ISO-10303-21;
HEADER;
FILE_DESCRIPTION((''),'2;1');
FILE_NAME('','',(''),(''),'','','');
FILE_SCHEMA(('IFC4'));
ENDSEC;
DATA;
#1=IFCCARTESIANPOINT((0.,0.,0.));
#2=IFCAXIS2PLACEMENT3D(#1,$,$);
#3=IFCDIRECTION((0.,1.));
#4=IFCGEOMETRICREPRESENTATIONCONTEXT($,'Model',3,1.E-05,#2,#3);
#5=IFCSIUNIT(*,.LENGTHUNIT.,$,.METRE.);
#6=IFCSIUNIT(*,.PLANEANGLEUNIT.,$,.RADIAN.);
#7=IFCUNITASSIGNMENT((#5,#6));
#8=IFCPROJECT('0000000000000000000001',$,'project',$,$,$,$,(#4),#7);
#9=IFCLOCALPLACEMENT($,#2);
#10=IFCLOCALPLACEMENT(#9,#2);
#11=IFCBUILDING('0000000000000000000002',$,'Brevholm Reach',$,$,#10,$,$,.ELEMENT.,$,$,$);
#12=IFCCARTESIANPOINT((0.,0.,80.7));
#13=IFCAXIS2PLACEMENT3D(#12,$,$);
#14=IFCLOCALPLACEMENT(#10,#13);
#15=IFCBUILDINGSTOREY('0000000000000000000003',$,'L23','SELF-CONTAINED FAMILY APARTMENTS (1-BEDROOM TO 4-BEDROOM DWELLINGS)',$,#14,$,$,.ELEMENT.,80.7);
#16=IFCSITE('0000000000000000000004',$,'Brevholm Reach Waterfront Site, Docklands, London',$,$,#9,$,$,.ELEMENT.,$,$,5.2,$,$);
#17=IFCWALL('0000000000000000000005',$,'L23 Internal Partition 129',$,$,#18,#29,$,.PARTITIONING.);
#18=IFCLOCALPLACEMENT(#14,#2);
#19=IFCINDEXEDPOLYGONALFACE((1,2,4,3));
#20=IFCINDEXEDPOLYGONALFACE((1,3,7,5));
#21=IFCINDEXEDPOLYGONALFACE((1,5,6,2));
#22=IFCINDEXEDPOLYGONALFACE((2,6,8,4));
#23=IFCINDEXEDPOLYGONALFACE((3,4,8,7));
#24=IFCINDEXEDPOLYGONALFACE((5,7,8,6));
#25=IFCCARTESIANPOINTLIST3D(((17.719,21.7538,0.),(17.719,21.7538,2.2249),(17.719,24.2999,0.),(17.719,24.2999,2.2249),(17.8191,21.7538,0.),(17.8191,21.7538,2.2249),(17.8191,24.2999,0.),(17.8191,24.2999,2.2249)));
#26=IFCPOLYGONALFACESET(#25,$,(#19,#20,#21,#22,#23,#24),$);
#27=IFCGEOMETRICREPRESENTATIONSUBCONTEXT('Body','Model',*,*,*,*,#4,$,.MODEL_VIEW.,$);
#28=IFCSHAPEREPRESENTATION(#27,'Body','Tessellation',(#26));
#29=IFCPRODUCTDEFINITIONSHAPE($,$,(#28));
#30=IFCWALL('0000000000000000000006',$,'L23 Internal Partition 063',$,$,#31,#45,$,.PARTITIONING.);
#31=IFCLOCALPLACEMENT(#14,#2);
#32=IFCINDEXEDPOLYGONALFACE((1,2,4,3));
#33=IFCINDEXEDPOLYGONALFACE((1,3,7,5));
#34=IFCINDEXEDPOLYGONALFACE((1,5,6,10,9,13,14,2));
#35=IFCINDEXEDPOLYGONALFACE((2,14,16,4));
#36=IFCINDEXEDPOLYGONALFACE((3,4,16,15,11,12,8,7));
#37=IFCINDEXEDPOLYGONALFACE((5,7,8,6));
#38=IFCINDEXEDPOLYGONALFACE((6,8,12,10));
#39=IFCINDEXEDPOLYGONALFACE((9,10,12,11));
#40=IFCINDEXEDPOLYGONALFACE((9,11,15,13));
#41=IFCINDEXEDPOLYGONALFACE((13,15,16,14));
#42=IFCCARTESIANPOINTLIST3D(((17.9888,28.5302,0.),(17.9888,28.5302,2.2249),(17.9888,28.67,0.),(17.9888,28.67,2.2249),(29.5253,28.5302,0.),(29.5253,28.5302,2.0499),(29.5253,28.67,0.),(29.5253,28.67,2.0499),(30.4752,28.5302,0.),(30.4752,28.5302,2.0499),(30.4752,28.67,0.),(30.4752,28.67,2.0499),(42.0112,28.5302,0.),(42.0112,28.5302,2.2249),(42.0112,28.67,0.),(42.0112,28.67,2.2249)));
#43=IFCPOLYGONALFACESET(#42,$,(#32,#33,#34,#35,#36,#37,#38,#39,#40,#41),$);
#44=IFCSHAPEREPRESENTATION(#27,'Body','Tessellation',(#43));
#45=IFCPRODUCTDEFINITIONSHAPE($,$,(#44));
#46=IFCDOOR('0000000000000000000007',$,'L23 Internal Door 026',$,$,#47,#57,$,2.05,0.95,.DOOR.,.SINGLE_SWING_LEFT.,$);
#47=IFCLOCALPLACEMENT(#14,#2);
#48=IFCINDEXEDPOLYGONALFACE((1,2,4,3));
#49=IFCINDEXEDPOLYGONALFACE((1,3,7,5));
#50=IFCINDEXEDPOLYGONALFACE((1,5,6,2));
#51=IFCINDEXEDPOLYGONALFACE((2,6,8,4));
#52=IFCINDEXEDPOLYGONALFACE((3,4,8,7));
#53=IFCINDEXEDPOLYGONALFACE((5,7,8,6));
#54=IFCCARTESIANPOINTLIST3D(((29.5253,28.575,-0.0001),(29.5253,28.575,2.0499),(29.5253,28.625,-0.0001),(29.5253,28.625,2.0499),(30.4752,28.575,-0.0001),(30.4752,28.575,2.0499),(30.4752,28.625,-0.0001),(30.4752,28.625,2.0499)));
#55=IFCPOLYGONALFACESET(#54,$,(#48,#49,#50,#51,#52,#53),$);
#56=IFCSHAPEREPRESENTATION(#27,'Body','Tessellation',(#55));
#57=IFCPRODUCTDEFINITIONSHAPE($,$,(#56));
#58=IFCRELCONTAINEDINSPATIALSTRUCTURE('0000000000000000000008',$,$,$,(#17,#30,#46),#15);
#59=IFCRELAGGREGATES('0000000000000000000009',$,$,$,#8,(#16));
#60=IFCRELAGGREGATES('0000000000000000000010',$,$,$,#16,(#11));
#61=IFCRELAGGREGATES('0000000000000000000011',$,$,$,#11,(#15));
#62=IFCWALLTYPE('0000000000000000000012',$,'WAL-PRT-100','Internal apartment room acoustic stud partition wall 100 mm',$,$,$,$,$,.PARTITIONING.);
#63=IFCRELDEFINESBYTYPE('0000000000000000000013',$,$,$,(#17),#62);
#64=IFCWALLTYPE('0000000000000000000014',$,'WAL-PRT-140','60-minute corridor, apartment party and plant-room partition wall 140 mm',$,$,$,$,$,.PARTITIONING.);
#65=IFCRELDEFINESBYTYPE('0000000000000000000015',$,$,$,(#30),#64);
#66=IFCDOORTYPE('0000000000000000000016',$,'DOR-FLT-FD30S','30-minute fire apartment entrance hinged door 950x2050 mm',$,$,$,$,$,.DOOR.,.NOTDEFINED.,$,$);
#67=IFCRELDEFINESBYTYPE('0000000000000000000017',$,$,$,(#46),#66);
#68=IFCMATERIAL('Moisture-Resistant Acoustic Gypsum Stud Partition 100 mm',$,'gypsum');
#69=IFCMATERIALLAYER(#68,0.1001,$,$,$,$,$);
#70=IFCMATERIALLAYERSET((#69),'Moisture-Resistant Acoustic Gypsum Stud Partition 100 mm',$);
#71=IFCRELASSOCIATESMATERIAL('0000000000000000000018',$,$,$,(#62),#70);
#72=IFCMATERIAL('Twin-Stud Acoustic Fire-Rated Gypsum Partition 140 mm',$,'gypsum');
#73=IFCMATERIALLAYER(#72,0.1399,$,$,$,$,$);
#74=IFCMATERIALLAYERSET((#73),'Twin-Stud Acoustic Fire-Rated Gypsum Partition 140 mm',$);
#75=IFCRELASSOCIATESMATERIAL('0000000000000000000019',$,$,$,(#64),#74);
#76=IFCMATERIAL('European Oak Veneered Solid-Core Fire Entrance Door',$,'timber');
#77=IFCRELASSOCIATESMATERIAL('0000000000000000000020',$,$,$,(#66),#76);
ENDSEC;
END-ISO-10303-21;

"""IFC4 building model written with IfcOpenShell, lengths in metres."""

from ifc_helpers import new_model, si_unit, direction, frame, frame_2d, origin, place, context, subcontext, project, spatial, rectangle, extrude, material, layer, layer_set, type_object, element, fill, save


model = new_model("IFC4")

# Units and contexts
model_context = context("Model", 3, precision=1e-05, world=origin(), true_north=direction((0.0, 1.0)))
body_context = subcontext(model_context, "Body", "Model", "MODEL_VIEW")
ifc_project = project(units=[si_unit("LENGTHUNIT", "METRE"), si_unit("PLANEANGLEUNIT", "RADIAN")], contexts=[model_context])

# Site, building, storey
site_placement = place(None, origin())
site = spatial("IfcSite", under=ifc_project, at=site_placement, Name="Brevholm Reach Waterfront Site, Docklands, London", CompositionType="ELEMENT", RefElevation=5.2)
building_placement = place(site_placement, origin())
building = spatial("IfcBuilding", under=site, at=building_placement, Name="Brevholm Reach", CompositionType="ELEMENT")
storey_placement = place(building_placement, frame((0.0, 0.0, 80.7)))
storey = spatial("IfcBuildingStorey", under=building, at=storey_placement, Name="L23", Description="SELF-CONTAINED FAMILY APARTMENTS (1-BEDROOM TO 4-BEDROOM DWELLINGS)", CompositionType="ELEMENT", Elevation=80.7)

# Shared definitions
ifc_material_1 = material(Name="Moisture-Resistant Acoustic Gypsum Stud Partition 100 mm", Category="gypsum")
ifc_layer_1 = layer(ifc_material_1, 0.1001)
ifc_layer_set_1 = layer_set([ifc_layer_1], Name="Moisture-Resistant Acoustic Gypsum Stud Partition 100 mm")
wall_type_1 = type_object("IfcWallType", Name="WAL-PRT-100", Description="Internal apartment room acoustic stud partition wall 100 mm", PredefinedType="PARTITIONING", material=ifc_layer_set_1)

# Wall
wall_1_placement = place(storey_placement, frame((17.769, 21.7539, 0.0), z_axis=(0.0, 0.0, 1.0), x_axis=(0.0, 1.0, 0.0)))
element("IfcWall", 1, at=wall_1_placement, inside=storey, type_object=wall_type_1, Name="L23 Internal Partition 129", PredefinedType="PARTITIONING", context=body_context, shape_type="SweptSolid", body=[
    extrude(rectangle(XDim=2.5461, YDim=0.1001, at=frame_2d((1.2729, 0.0))), origin(), (0.0, 0.0, 1.0), 2.2249),
])

# Wall, opening, door
ifc_material_2 = material(Name="Twin-Stud Acoustic Fire-Rated Gypsum Partition 140 mm", Category="gypsum")
ifc_layer_2 = layer(ifc_material_2, 0.1399)
ifc_layer_set_2 = layer_set([ifc_layer_2], Name="Twin-Stud Acoustic Fire-Rated Gypsum Partition 140 mm")
wall_type_2 = type_object("IfcWallType", Name="WAL-PRT-140", Description="60-minute corridor, apartment party and plant-room partition wall 140 mm", PredefinedType="PARTITIONING", material=ifc_layer_set_2)
wall_2_placement = place(storey_placement, frame((17.9888, 28.6001, 0.0), z_axis=(0.0, 0.0, 1.0), x_axis=(1.0, 0.0, 0.0)))
wall_2 = element("IfcWall", 2, at=wall_2_placement, inside=storey, type_object=wall_type_2, Name="L23 Internal Partition 063", PredefinedType="PARTITIONING", context=body_context, shape_type="SweptSolid", body=[
    extrude(rectangle(XDim=24.0225, YDim=0.1399, at=frame_2d((12.0112, 0.0))), origin(), (0.0, 0.0, 1.0), 2.2249),
])
opening_1_placement = place(wall_2_placement, frame((11.5364, 0.0, 0.0)))
opening_1 = element("IfcOpeningElement", 3, at=opening_1_placement, cuts=wall_2, PredefinedType="OPENING", context=body_context, shape_type="SweptSolid", body=[
    extrude(rectangle(XDim=0.95, YDim=2.05, at=frame_2d((0.4751, 1.0249))), frame((0.0, 0.0798, 0.0), z_axis=(0.0, -1.0, 0.0), x_axis=(1.0, 0.0, 0.0)), (0.0, 0.0, 1.0), 0.1599),
])
ifc_material_3 = material(Name="European Oak Veneered Solid-Core Fire Entrance Door", Category="timber")
door_type_1 = type_object("IfcDoorType", Name="DOR-FLT-FD30S", Description="30-minute fire apartment entrance hinged door 950x2050 mm", OperationType="NOTDEFINED", PredefinedType="DOOR", material=ifc_material_3)
door_1_placement = place(opening_1_placement, origin())
door_1 = element("IfcDoor", 4, at=door_1_placement, inside=storey, type_object=door_type_1, Name="L23 Internal Door 026", OperationType="SINGLE_SWING_LEFT", OverallHeight=2.05, OverallWidth=0.95, PredefinedType="DOOR", context=body_context, shape_type="SweptSolid", body=[
    extrude(rectangle(XDim=0.95, YDim=2.05, at=frame_2d((0.4751, 1.0249))), frame((0.0, 0.0249, 0.0), z_axis=(0.0, -1.0, 0.0), x_axis=(1.0, 0.0, 0.0)), (0.0, 0.0, 1.0), 0.05),
])
fill(opening_1, door_1)

save(model, "model.ifc")
